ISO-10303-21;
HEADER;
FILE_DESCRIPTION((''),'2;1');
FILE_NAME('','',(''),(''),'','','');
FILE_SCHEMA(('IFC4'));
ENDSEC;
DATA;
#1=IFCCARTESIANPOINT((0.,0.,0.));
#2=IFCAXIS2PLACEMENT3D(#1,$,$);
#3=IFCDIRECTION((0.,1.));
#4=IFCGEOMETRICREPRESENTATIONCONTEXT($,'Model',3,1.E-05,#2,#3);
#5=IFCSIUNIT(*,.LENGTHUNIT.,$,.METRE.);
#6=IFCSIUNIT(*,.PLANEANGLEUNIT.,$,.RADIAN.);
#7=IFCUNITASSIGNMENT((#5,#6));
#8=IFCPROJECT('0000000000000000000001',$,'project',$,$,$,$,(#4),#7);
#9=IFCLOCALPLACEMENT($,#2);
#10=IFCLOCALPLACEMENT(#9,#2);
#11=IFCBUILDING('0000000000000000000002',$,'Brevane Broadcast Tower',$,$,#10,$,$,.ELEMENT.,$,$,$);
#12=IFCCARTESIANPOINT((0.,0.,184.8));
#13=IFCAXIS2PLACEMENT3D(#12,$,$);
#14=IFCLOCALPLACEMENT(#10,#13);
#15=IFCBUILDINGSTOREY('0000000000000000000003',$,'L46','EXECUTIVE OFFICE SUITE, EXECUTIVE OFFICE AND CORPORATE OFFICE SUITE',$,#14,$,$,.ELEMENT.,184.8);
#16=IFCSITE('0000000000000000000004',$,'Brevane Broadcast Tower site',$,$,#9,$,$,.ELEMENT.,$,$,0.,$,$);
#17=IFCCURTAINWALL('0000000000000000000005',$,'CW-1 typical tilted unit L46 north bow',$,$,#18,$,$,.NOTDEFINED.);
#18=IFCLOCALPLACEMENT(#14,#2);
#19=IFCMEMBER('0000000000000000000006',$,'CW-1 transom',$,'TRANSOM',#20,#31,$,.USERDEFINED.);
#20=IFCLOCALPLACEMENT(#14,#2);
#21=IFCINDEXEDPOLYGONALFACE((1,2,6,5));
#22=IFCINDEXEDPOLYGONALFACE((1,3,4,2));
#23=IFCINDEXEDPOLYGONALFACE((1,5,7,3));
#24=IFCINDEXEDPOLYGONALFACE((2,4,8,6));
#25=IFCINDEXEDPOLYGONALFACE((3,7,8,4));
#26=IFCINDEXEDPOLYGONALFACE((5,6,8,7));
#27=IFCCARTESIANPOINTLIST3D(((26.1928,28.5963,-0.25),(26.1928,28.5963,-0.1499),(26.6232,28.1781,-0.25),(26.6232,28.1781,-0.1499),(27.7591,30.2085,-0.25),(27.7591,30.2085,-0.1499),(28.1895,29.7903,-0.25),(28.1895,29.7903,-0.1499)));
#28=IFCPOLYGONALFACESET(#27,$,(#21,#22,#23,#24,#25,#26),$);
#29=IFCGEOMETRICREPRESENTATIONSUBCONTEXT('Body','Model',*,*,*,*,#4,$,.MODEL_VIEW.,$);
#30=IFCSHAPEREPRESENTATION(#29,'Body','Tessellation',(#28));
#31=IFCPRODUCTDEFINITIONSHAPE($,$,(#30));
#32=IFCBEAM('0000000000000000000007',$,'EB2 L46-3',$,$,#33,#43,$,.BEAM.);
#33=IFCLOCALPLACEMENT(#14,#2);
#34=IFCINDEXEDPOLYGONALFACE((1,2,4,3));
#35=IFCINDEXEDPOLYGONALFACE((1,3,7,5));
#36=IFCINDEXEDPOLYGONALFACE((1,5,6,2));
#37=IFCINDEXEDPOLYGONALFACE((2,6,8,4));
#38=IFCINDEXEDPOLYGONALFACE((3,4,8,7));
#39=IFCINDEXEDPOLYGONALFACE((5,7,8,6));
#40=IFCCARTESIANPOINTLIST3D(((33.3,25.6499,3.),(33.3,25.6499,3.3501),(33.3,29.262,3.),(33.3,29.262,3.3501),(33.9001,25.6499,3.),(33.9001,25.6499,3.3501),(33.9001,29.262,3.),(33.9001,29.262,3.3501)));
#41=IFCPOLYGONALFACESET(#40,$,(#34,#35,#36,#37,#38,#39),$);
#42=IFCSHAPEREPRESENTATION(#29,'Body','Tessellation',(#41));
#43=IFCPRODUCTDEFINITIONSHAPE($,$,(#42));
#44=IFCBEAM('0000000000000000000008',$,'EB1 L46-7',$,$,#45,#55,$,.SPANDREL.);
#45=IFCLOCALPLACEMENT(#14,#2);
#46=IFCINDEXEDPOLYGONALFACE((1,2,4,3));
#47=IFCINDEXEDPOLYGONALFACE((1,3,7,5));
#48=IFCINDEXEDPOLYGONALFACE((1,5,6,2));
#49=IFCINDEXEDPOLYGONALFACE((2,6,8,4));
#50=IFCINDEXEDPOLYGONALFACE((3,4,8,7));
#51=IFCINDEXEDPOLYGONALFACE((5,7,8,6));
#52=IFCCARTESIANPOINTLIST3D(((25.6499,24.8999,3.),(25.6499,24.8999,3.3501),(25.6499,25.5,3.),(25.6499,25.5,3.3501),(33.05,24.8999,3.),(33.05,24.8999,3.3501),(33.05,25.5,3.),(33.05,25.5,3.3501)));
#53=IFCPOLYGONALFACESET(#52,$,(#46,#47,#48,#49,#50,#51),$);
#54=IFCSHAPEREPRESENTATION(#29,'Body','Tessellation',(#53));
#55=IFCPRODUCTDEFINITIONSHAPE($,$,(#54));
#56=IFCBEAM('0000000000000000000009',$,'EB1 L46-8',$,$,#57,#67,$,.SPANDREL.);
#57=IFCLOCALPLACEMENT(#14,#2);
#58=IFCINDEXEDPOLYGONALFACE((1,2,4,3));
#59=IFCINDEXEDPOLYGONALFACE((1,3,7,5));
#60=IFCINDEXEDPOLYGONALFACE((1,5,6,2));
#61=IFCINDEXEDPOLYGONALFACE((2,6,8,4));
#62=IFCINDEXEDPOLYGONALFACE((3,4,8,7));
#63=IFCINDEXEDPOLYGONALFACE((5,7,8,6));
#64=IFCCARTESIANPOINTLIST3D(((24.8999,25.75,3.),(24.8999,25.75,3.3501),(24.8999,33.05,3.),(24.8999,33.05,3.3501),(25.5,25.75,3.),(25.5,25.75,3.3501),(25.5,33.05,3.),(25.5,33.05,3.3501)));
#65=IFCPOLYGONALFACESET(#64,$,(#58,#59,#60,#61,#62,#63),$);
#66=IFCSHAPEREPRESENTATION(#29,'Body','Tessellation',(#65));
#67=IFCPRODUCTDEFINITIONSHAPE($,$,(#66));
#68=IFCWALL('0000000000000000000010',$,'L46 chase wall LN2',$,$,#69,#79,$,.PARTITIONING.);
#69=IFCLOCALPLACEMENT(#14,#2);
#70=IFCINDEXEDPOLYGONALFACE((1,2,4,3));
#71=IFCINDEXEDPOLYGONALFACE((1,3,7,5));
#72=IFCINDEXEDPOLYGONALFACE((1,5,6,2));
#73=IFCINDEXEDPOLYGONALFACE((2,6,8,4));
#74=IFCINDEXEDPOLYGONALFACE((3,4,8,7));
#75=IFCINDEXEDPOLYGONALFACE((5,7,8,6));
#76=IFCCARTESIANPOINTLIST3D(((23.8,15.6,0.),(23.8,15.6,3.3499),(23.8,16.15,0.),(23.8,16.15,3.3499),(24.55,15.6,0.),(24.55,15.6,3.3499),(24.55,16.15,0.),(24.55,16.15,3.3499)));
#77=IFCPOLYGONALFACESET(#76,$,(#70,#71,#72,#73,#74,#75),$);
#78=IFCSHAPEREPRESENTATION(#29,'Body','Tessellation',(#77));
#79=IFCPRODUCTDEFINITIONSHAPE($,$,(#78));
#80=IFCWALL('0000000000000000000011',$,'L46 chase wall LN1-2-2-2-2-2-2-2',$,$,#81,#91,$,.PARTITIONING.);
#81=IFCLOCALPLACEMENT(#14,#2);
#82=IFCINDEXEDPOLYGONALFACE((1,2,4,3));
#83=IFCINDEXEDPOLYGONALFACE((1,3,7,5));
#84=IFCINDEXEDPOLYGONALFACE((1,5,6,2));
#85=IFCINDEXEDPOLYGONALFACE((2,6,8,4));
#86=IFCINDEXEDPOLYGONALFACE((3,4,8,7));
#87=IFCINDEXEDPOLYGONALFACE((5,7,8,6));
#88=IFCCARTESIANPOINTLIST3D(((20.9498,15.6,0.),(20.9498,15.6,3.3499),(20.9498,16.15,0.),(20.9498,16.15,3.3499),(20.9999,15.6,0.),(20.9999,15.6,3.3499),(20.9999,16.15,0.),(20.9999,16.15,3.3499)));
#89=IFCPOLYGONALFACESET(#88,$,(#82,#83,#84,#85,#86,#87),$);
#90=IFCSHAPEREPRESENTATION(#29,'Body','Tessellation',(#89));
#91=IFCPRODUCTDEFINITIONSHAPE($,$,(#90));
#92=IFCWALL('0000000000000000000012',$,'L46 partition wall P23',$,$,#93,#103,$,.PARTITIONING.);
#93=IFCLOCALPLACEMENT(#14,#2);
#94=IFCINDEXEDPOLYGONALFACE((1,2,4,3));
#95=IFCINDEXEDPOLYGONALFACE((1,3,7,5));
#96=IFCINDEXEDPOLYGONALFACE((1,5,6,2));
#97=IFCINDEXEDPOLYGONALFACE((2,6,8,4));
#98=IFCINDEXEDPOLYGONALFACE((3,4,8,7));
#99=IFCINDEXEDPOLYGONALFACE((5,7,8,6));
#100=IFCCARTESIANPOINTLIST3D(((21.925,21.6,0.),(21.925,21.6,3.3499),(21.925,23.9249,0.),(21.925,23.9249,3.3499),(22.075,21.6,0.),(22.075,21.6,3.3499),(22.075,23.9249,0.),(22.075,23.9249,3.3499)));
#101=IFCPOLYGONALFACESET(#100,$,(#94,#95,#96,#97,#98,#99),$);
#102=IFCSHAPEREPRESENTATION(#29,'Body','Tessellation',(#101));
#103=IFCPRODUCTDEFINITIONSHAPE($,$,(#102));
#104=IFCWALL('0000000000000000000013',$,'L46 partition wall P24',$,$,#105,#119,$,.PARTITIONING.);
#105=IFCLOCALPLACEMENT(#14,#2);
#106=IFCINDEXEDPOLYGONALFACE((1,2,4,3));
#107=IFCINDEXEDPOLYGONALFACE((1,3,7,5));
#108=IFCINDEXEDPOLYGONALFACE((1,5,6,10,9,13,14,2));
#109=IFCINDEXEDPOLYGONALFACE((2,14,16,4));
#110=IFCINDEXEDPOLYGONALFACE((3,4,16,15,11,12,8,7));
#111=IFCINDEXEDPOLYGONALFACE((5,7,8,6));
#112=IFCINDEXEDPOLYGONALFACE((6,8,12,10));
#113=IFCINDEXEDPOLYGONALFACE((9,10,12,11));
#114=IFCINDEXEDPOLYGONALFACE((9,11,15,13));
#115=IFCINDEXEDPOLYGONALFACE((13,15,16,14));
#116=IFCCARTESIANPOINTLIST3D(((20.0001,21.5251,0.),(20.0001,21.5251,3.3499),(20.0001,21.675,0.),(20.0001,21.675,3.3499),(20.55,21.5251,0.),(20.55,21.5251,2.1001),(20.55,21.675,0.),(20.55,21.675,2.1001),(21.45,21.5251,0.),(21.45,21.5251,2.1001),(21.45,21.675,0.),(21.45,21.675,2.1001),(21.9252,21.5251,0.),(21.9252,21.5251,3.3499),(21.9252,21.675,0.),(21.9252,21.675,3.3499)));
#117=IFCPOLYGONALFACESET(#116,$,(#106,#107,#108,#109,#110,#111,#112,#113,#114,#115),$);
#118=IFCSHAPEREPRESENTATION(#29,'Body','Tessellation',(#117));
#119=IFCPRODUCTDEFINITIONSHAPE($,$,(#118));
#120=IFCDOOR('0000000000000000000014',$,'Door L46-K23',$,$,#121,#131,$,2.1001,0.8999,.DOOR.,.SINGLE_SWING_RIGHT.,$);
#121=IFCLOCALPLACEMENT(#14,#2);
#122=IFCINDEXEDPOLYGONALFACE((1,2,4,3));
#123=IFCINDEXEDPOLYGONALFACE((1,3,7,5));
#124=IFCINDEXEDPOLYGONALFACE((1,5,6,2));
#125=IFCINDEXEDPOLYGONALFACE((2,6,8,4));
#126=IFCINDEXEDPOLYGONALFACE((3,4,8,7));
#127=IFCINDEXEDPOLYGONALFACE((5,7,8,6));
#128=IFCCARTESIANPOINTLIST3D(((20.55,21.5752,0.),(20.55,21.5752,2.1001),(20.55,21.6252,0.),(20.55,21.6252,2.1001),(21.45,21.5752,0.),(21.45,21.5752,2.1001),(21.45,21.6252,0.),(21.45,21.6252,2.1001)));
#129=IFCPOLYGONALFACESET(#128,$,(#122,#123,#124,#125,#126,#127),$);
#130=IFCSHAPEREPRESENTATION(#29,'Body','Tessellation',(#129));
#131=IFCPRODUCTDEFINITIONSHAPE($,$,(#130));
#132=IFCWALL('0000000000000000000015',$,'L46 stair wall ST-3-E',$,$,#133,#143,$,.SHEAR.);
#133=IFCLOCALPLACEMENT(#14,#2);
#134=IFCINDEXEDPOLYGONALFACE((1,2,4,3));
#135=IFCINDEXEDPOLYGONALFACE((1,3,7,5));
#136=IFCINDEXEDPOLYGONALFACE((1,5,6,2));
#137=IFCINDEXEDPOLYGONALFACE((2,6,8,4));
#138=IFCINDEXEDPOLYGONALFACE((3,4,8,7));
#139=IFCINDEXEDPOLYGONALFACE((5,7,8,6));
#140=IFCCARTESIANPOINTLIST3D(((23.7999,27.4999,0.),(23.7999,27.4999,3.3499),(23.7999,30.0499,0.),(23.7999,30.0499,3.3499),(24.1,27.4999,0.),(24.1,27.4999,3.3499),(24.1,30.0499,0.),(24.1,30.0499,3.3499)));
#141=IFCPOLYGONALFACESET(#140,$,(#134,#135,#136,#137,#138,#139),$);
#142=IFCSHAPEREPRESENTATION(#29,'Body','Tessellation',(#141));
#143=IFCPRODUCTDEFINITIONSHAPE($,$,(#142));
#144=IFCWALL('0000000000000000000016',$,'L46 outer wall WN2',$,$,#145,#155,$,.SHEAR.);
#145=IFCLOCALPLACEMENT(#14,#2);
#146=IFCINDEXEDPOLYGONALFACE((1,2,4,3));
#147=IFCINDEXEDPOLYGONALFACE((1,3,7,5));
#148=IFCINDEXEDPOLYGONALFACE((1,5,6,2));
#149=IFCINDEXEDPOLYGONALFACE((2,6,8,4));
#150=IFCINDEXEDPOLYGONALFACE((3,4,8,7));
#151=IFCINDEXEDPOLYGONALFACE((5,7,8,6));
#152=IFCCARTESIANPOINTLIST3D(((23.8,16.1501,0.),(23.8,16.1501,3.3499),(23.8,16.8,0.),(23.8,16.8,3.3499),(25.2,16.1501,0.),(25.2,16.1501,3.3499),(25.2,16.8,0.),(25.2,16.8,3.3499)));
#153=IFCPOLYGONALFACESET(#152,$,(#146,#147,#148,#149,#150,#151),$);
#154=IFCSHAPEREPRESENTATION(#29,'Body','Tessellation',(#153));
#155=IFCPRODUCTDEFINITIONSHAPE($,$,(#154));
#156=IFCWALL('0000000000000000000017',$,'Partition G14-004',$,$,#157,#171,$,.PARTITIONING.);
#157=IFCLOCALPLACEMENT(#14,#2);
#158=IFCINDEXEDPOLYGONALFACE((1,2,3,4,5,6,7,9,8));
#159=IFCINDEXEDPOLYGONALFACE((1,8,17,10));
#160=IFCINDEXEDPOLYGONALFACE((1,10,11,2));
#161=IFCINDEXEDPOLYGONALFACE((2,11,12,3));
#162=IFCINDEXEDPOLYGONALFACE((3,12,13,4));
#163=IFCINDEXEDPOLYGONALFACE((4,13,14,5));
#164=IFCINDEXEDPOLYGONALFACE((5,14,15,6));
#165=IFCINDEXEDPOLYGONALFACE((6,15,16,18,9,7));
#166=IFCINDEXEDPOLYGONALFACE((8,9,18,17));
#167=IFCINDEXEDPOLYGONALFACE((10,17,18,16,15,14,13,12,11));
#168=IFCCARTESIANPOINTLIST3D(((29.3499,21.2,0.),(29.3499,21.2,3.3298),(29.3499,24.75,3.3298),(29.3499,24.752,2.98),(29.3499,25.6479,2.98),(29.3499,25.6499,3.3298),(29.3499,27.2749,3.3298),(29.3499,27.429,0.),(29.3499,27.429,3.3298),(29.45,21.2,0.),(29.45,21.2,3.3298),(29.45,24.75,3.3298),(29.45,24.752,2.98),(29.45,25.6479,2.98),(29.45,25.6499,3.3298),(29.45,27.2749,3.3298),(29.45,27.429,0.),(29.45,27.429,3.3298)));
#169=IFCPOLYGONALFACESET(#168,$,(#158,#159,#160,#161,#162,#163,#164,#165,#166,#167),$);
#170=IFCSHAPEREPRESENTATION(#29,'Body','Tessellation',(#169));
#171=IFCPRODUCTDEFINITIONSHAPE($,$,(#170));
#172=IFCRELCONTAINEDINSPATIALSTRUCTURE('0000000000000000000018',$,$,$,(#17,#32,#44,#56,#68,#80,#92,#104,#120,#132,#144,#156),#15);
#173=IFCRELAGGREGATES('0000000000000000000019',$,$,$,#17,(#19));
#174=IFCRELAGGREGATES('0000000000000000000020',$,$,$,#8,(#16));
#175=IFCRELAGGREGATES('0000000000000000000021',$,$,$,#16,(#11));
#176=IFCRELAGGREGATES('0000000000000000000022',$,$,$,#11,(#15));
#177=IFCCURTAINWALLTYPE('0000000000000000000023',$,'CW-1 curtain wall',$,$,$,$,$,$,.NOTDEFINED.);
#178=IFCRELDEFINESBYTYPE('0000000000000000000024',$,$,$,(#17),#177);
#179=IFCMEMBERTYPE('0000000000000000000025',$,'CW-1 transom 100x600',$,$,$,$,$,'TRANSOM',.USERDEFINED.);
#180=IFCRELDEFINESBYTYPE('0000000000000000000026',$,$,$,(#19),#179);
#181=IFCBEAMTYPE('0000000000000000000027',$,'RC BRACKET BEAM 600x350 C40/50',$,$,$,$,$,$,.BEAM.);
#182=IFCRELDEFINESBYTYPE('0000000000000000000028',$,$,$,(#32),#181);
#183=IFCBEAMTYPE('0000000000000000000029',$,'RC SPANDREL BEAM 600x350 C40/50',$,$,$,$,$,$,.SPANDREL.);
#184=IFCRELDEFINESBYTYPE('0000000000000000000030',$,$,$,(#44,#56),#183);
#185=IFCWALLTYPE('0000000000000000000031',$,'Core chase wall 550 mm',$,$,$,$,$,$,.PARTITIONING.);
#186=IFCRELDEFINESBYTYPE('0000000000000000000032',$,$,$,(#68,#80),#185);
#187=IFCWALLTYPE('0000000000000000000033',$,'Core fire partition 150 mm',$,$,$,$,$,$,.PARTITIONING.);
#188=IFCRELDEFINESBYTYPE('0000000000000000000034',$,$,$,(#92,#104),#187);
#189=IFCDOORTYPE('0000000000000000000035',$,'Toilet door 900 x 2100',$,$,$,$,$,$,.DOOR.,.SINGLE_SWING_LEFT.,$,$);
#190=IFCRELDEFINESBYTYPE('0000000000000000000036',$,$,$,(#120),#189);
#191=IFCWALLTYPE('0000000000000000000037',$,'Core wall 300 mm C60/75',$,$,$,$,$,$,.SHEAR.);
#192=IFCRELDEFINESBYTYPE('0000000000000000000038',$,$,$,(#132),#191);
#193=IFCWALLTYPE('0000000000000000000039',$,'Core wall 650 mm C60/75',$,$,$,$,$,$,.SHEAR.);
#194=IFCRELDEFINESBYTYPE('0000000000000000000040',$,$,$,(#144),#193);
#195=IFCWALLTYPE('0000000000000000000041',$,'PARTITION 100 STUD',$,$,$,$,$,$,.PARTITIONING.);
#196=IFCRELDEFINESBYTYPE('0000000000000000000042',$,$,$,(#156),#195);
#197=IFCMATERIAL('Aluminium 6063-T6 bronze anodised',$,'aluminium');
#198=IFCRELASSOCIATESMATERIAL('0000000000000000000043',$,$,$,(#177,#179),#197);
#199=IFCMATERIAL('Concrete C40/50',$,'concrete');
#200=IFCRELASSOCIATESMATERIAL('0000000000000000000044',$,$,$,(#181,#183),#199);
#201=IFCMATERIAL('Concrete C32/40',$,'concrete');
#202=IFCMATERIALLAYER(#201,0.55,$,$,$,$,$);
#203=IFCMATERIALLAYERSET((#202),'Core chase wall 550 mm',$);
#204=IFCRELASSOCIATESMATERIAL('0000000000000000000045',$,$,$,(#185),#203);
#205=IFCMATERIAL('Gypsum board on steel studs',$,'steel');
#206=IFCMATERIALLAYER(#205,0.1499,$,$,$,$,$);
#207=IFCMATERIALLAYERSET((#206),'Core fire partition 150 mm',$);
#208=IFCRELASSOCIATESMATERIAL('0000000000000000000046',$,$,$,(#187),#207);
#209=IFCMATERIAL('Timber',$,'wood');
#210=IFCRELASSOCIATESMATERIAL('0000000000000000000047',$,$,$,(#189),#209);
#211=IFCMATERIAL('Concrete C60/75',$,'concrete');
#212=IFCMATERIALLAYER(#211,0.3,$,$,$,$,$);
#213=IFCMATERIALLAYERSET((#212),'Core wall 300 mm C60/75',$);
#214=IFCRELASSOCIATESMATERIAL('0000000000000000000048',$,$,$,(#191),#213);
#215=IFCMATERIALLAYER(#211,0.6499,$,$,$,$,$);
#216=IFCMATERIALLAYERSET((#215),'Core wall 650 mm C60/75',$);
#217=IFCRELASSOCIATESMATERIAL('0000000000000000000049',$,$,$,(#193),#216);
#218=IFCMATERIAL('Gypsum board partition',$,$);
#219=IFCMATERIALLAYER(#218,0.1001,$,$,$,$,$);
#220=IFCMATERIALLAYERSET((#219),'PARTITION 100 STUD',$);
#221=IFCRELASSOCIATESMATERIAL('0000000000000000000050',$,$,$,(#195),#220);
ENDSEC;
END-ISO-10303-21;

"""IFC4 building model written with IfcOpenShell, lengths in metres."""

from ifc_helpers import new_model, si_unit, direction, frame, frame_2d, origin, origin_2d, place, context, subcontext, project, spatial, polyline, rectangle, outline, extrude, material, layer, layer_set, material_profile, profile_set, type_object, element, fill, aggregate, save


model = new_model("IFC4")

# Units and contexts
model_context = context("Model", 3, precision=1e-05, world=origin(), true_north=direction((0.0, 1.0)))
body_context = subcontext(model_context, "Body", "Model", "MODEL_VIEW")
ifc_project = project(units=[si_unit("LENGTHUNIT", "METRE"), si_unit("PLANEANGLEUNIT", "RADIAN")], contexts=[model_context])

# Site, building, storey
site_placement = place(None, origin())
site = spatial("IfcSite", under=ifc_project, at=site_placement, Name="Brevane Broadcast Tower site", CompositionType="ELEMENT", RefElevation=0.0)
building_placement = place(site_placement, origin())
building = spatial("IfcBuilding", under=site, at=building_placement, Name="Brevane Broadcast Tower", CompositionType="ELEMENT")
storey_placement = place(building_placement, frame((0.0, 0.0, 184.8)))
storey = spatial("IfcBuildingStorey", under=building, at=storey_placement, Name="L46", Description="EXECUTIVE OFFICE SUITE, EXECUTIVE OFFICE AND CORPORATE OFFICE SUITE", CompositionType="ELEMENT", Elevation=184.8)

# Shared definitions
ifc_material_1 = material(Name="Concrete C60/75", Category="concrete")

# Shared definitions
ifc_material_2 = material(Name="Aluminium 6063-T6 bronze anodised", Category="aluminium")
curtain_wall_type = type_object("IfcCurtainWallType", Name="CW-1 curtain wall", PredefinedType="NOTDEFINED", material=ifc_material_2)

# Curtain wall
curtain_wall_1_placement = place(storey_placement, origin())
curtain_wall_1 = element("IfcCurtainWall", 1, at=curtain_wall_1_placement, inside=storey, type_object=curtain_wall_type, Name="CW-1 typical tilted unit L46 north bow", PredefinedType="NOTDEFINED")

# Member
ifc_material_profile_1 = material_profile(ifc_material_2, rectangle(XDim=0.6001, YDim=0.1001, at=origin_2d()), Name="RECT 100x600")
ifc_profile_set_1 = profile_set([ifc_material_profile_1], Name="Aluminium 6063-T6 bronze anodised")
member_type_1 = type_object("IfcMemberType", Name="CW-1 transom 100x600", ElementType="TRANSOM", PredefinedType="USERDEFINED", material=ifc_profile_set_1)
member_1_placement = place(storey_placement, frame((26.408, 28.3872, -0.2), z_axis=(0.696824, 0.717242, 0.0), x_axis=(-0.717242, 0.696824, 0.0)))
member_1 = element("IfcMember", 2, at=member_1_placement, type_object=member_type_1, Name="CW-1 transom", ObjectType="TRANSOM", PredefinedType="USERDEFINED", context=body_context, shape_type="SweptSolid", body=[
    extrude(rectangle(XDim=0.6001, YDim=0.1001, at=origin_2d()), origin(), (0.0, 0.0, 1.0), 2.2478),
])
aggregate(curtain_wall_1, [member_1])

# Beams
ifc_material_3 = material(Name="Concrete C40/50", Category="concrete")
ifc_material_profile_2 = material_profile(ifc_material_3, rectangle(XDim=0.6001, YDim=0.3501, at=origin_2d()), Name="RC 600x350")
ifc_profile_set_2 = profile_set([ifc_material_profile_2], Name="Concrete C40/50")
beam_type_1 = type_object("IfcBeamType", Name="RC BRACKET BEAM 600x350 C40/50", PredefinedType="BEAM", material=ifc_profile_set_2)
beam_1_placement = place(storey_placement, frame((33.6001, 25.6499, 3.175), z_axis=(0.0, 1.0, 0.0), x_axis=(-1.0, 0.0, 0.0)))
element("IfcBeam", 3, at=beam_1_placement, inside=storey, type_object=beam_type_1, Name="EB2 L46-3", PredefinedType="BEAM", context=body_context, shape_type="SweptSolid", body=[
    extrude(rectangle(XDim=0.6001, YDim=0.3501, at=origin_2d()), origin(), (0.0, 0.0, 1.0), 3.6121),
])
ifc_material_profile_3 = material_profile(ifc_material_3, rectangle(XDim=0.6001, YDim=0.3501, at=origin_2d()), Name="RC 600x350")
ifc_profile_set_3 = profile_set([ifc_material_profile_3], Name="Concrete C40/50")
beam_type_2 = type_object("IfcBeamType", Name="RC SPANDREL BEAM 600x350 C40/50", PredefinedType="SPANDREL", material=ifc_profile_set_3)
beam_2_placement = place(storey_placement, frame((33.05, 25.2, 3.175), z_axis=(-1.0, 0.0, 0.0), x_axis=(0.0, -1.0, 0.0)))
element("IfcBeam", 4, at=beam_2_placement, inside=storey, type_object=beam_type_2, Name="EB1 L46-7", PredefinedType="SPANDREL", context=body_context, shape_type="SweptSolid", body=[
    extrude(rectangle(XDim=0.6001, YDim=0.3501, at=origin_2d()), origin(), (0.0, 0.0, 1.0), 7.4001),
])
beam_3_placement = place(storey_placement, frame((25.2, 25.75, 3.175), z_axis=(0.0, 1.0, 0.0), x_axis=(-1.0, 0.0, 0.0)))
element("IfcBeam", 5, at=beam_3_placement, inside=storey, type_object=beam_type_2, Name="EB1 L46-8", PredefinedType="SPANDREL", context=body_context, shape_type="SweptSolid", body=[
    extrude(rectangle(XDim=0.6001, YDim=0.3501, at=origin_2d()), origin(), (0.0, 0.0, 1.0), 7.3),
])

# Walls
ifc_material_4 = material(Name="Concrete C32/40", Category="concrete")
ifc_layer_1 = layer(ifc_material_4, 0.55)
ifc_layer_set_1 = layer_set([ifc_layer_1], Name="Core chase wall 550 mm")
wall_type_1 = type_object("IfcWallType", Name="Core chase wall 550 mm", PredefinedType="PARTITIONING", material=ifc_layer_set_1)
wall_1_placement = place(storey_placement, frame((23.8, 15.875, 0.0), z_axis=(0.0, 0.0, 1.0), x_axis=(1.0, 0.0, 0.0)))
element("IfcWall", 6, at=wall_1_placement, inside=storey, type_object=wall_type_1, Name="L46 chase wall LN2", PredefinedType="PARTITIONING", context=body_context, shape_type="SweptSolid", body=[
    extrude(rectangle(XDim=0.75, YDim=0.55, at=frame_2d((0.375, 0.0))), origin(), (0.0, 0.0, 1.0), 3.3499),
])
wall_2_placement = place(storey_placement, frame((20.95, 15.875, 0.0), z_axis=(0.0, 0.0, 1.0), x_axis=(1.0, 0.0, 0.0)))
element("IfcWall", 7, at=wall_2_placement, inside=storey, type_object=wall_type_1, Name="L46 chase wall LN1-2-2-2-2-2-2-2", PredefinedType="PARTITIONING", context=body_context, shape_type="SweptSolid", body=[
    extrude(rectangle(XDim=0.05, YDim=0.55, at=frame_2d((0.0249, 0.0))), origin(), (0.0, 0.0, 1.0), 3.3499),
])
ifc_material_5 = material(Name="Gypsum board on steel studs", Category="steel")
ifc_layer_2 = layer(ifc_material_5, 0.1499)
ifc_layer_set_2 = layer_set([ifc_layer_2], Name="Core fire partition 150 mm")
wall_type_2 = type_object("IfcWallType", Name="Core fire partition 150 mm", PredefinedType="PARTITIONING", material=ifc_layer_set_2)
wall_3_placement = place(storey_placement, frame((22.0, 23.925, 0.0), z_axis=(0.0, 0.0, 1.0), x_axis=(0.0, -1.0, 0.0)))
element("IfcWall", 8, at=wall_3_placement, inside=storey, type_object=wall_type_2, Name="L46 partition wall P23", PredefinedType="PARTITIONING", context=body_context, shape_type="SweptSolid", body=[
    extrude(rectangle(XDim=2.325, YDim=0.1499, at=frame_2d((1.1626, 0.0))), origin(), (0.0, 0.0, 1.0), 3.3499),
])

# Wall, opening, door
wall_4_placement = place(storey_placement, frame((21.925, 21.6001, 0.0), z_axis=(0.0, 0.0, 1.0), x_axis=(-1.0, 0.0, 0.0)))
wall_4 = element("IfcWall", 9, at=wall_4_placement, inside=storey, type_object=wall_type_2, Name="L46 partition wall P24", PredefinedType="PARTITIONING", context=body_context, shape_type="SweptSolid", body=[
    extrude(rectangle(XDim=1.925, YDim=0.1499, at=frame_2d((0.9624, 0.0))), origin(), (0.0, 0.0, 1.0), 3.3499),
])
opening_placement = place(wall_4_placement, frame((0.4751, 0.0, 0.0)))
opening = element("IfcOpeningElement", 10, at=opening_placement, cuts=wall_4, PredefinedType="OPENING", context=body_context, shape_type="SweptSolid", body=[
    extrude(rectangle(XDim=0.8999, YDim=2.1001, at=frame_2d((0.45, 1.05))), frame((0.0, 0.085, 0.0), z_axis=(0.0, -1.0, 0.0), x_axis=(1.0, 0.0, 0.0)), (0.0, 0.0, 1.0), 0.1699),
])
ifc_material_6 = material(Name="Timber", Category="wood")
door_type = type_object("IfcDoorType", Name="Toilet door 900 x 2100", OperationType="SINGLE_SWING_LEFT", PredefinedType="DOOR", material=ifc_material_6)
door_placement = place(opening_placement, origin())
door = element("IfcDoor", 11, at=door_placement, inside=storey, type_object=door_type, Name="Door L46-K23", OperationType="SINGLE_SWING_RIGHT", OverallHeight=2.1001, OverallWidth=0.8999, PredefinedType="DOOR", context=body_context, shape_type="SweptSolid", body=[
    extrude(rectangle(XDim=0.8999, YDim=2.1001, at=frame_2d((0.45, 1.05))), frame((0.0, 0.0249, 0.0), z_axis=(0.0, -1.0, 0.0), x_axis=(1.0, 0.0, 0.0)), (0.0, 0.0, 1.0), 0.05),
])
fill(opening, door)

# Walls
ifc_layer_3 = layer(ifc_material_1, 0.3)
ifc_layer_set_3 = layer_set([ifc_layer_3], Name="Core wall 300 mm C60/75")
wall_type_3 = type_object("IfcWallType", Name="Core wall 300 mm C60/75", PredefinedType="SHEAR", material=ifc_layer_set_3)
wall_5_placement = place(storey_placement, frame((23.95, 27.5, 0.0), z_axis=(0.0, 0.0, 1.0), x_axis=(0.0, 1.0, 0.0)))
element("IfcWall", 12, at=wall_5_placement, inside=storey, type_object=wall_type_3, Name="L46 stair wall ST-3-E", PredefinedType="SHEAR", context=body_context, shape_type="SweptSolid", body=[
    extrude(rectangle(XDim=2.55, YDim=0.3, at=frame_2d((1.2749, 0.0))), origin(), (0.0, 0.0, 1.0), 3.3499),
])
ifc_layer_4 = layer(ifc_material_1, 0.6499)
ifc_layer_set_4 = layer_set([ifc_layer_4], Name="Core wall 650 mm C60/75")
wall_type_4 = type_object("IfcWallType", Name="Core wall 650 mm C60/75", PredefinedType="SHEAR", material=ifc_layer_set_4)
wall_6_placement = place(storey_placement, frame((23.8, 16.4751, 0.0), z_axis=(0.0, 0.0, 1.0), x_axis=(1.0, 0.0, 0.0)))
element("IfcWall", 13, at=wall_6_placement, inside=storey, type_object=wall_type_4, Name="L46 outer wall WN2", PredefinedType="SHEAR", context=body_context, shape_type="SweptSolid", body=[
    extrude(rectangle(XDim=1.3999, YDim=0.6499, at=frame_2d((0.7, 0.0))), origin(), (0.0, 0.0, 1.0), 3.3499),
])
ifc_material_7 = material(Name="Gypsum board partition")
ifc_layer_5 = layer(ifc_material_7, 0.1001)
ifc_layer_set_5 = layer_set([ifc_layer_5], Name="PARTITION 100 STUD")
wall_type_5 = type_object("IfcWallType", Name="PARTITION 100 STUD", PredefinedType="PARTITIONING", material=ifc_layer_set_5)
wall_7_placement = place(storey_placement, frame((29.3999, 27.429, 0.0), z_axis=(0.0, 0.0, 1.0), x_axis=(0.0, -1.0, 0.0)))
element("IfcWall", 14, at=wall_7_placement, inside=storey, type_object=wall_type_5, Name="Partition G14-004", PredefinedType="PARTITIONING", context=body_context, shape_type="SweptSolid", body=[
    extrude(outline(polyline([(0.0, 0.0), (6.229, 0.0), (6.229, 3.3298), (2.679, 3.3298), (2.677, 2.98), (1.781, 2.98), (1.7791, 3.3298), (0.1541, 3.3298), (0.0, 3.3298), (0.0, 0.0)])), frame((0.0, 0.05, 0.0), z_axis=(0.0, -1.0, 0.0), x_axis=(1.0, 0.0, 0.0)), (0.0, 0.0, 1.0), 0.1001),
])

save(model, "model.ifc")
